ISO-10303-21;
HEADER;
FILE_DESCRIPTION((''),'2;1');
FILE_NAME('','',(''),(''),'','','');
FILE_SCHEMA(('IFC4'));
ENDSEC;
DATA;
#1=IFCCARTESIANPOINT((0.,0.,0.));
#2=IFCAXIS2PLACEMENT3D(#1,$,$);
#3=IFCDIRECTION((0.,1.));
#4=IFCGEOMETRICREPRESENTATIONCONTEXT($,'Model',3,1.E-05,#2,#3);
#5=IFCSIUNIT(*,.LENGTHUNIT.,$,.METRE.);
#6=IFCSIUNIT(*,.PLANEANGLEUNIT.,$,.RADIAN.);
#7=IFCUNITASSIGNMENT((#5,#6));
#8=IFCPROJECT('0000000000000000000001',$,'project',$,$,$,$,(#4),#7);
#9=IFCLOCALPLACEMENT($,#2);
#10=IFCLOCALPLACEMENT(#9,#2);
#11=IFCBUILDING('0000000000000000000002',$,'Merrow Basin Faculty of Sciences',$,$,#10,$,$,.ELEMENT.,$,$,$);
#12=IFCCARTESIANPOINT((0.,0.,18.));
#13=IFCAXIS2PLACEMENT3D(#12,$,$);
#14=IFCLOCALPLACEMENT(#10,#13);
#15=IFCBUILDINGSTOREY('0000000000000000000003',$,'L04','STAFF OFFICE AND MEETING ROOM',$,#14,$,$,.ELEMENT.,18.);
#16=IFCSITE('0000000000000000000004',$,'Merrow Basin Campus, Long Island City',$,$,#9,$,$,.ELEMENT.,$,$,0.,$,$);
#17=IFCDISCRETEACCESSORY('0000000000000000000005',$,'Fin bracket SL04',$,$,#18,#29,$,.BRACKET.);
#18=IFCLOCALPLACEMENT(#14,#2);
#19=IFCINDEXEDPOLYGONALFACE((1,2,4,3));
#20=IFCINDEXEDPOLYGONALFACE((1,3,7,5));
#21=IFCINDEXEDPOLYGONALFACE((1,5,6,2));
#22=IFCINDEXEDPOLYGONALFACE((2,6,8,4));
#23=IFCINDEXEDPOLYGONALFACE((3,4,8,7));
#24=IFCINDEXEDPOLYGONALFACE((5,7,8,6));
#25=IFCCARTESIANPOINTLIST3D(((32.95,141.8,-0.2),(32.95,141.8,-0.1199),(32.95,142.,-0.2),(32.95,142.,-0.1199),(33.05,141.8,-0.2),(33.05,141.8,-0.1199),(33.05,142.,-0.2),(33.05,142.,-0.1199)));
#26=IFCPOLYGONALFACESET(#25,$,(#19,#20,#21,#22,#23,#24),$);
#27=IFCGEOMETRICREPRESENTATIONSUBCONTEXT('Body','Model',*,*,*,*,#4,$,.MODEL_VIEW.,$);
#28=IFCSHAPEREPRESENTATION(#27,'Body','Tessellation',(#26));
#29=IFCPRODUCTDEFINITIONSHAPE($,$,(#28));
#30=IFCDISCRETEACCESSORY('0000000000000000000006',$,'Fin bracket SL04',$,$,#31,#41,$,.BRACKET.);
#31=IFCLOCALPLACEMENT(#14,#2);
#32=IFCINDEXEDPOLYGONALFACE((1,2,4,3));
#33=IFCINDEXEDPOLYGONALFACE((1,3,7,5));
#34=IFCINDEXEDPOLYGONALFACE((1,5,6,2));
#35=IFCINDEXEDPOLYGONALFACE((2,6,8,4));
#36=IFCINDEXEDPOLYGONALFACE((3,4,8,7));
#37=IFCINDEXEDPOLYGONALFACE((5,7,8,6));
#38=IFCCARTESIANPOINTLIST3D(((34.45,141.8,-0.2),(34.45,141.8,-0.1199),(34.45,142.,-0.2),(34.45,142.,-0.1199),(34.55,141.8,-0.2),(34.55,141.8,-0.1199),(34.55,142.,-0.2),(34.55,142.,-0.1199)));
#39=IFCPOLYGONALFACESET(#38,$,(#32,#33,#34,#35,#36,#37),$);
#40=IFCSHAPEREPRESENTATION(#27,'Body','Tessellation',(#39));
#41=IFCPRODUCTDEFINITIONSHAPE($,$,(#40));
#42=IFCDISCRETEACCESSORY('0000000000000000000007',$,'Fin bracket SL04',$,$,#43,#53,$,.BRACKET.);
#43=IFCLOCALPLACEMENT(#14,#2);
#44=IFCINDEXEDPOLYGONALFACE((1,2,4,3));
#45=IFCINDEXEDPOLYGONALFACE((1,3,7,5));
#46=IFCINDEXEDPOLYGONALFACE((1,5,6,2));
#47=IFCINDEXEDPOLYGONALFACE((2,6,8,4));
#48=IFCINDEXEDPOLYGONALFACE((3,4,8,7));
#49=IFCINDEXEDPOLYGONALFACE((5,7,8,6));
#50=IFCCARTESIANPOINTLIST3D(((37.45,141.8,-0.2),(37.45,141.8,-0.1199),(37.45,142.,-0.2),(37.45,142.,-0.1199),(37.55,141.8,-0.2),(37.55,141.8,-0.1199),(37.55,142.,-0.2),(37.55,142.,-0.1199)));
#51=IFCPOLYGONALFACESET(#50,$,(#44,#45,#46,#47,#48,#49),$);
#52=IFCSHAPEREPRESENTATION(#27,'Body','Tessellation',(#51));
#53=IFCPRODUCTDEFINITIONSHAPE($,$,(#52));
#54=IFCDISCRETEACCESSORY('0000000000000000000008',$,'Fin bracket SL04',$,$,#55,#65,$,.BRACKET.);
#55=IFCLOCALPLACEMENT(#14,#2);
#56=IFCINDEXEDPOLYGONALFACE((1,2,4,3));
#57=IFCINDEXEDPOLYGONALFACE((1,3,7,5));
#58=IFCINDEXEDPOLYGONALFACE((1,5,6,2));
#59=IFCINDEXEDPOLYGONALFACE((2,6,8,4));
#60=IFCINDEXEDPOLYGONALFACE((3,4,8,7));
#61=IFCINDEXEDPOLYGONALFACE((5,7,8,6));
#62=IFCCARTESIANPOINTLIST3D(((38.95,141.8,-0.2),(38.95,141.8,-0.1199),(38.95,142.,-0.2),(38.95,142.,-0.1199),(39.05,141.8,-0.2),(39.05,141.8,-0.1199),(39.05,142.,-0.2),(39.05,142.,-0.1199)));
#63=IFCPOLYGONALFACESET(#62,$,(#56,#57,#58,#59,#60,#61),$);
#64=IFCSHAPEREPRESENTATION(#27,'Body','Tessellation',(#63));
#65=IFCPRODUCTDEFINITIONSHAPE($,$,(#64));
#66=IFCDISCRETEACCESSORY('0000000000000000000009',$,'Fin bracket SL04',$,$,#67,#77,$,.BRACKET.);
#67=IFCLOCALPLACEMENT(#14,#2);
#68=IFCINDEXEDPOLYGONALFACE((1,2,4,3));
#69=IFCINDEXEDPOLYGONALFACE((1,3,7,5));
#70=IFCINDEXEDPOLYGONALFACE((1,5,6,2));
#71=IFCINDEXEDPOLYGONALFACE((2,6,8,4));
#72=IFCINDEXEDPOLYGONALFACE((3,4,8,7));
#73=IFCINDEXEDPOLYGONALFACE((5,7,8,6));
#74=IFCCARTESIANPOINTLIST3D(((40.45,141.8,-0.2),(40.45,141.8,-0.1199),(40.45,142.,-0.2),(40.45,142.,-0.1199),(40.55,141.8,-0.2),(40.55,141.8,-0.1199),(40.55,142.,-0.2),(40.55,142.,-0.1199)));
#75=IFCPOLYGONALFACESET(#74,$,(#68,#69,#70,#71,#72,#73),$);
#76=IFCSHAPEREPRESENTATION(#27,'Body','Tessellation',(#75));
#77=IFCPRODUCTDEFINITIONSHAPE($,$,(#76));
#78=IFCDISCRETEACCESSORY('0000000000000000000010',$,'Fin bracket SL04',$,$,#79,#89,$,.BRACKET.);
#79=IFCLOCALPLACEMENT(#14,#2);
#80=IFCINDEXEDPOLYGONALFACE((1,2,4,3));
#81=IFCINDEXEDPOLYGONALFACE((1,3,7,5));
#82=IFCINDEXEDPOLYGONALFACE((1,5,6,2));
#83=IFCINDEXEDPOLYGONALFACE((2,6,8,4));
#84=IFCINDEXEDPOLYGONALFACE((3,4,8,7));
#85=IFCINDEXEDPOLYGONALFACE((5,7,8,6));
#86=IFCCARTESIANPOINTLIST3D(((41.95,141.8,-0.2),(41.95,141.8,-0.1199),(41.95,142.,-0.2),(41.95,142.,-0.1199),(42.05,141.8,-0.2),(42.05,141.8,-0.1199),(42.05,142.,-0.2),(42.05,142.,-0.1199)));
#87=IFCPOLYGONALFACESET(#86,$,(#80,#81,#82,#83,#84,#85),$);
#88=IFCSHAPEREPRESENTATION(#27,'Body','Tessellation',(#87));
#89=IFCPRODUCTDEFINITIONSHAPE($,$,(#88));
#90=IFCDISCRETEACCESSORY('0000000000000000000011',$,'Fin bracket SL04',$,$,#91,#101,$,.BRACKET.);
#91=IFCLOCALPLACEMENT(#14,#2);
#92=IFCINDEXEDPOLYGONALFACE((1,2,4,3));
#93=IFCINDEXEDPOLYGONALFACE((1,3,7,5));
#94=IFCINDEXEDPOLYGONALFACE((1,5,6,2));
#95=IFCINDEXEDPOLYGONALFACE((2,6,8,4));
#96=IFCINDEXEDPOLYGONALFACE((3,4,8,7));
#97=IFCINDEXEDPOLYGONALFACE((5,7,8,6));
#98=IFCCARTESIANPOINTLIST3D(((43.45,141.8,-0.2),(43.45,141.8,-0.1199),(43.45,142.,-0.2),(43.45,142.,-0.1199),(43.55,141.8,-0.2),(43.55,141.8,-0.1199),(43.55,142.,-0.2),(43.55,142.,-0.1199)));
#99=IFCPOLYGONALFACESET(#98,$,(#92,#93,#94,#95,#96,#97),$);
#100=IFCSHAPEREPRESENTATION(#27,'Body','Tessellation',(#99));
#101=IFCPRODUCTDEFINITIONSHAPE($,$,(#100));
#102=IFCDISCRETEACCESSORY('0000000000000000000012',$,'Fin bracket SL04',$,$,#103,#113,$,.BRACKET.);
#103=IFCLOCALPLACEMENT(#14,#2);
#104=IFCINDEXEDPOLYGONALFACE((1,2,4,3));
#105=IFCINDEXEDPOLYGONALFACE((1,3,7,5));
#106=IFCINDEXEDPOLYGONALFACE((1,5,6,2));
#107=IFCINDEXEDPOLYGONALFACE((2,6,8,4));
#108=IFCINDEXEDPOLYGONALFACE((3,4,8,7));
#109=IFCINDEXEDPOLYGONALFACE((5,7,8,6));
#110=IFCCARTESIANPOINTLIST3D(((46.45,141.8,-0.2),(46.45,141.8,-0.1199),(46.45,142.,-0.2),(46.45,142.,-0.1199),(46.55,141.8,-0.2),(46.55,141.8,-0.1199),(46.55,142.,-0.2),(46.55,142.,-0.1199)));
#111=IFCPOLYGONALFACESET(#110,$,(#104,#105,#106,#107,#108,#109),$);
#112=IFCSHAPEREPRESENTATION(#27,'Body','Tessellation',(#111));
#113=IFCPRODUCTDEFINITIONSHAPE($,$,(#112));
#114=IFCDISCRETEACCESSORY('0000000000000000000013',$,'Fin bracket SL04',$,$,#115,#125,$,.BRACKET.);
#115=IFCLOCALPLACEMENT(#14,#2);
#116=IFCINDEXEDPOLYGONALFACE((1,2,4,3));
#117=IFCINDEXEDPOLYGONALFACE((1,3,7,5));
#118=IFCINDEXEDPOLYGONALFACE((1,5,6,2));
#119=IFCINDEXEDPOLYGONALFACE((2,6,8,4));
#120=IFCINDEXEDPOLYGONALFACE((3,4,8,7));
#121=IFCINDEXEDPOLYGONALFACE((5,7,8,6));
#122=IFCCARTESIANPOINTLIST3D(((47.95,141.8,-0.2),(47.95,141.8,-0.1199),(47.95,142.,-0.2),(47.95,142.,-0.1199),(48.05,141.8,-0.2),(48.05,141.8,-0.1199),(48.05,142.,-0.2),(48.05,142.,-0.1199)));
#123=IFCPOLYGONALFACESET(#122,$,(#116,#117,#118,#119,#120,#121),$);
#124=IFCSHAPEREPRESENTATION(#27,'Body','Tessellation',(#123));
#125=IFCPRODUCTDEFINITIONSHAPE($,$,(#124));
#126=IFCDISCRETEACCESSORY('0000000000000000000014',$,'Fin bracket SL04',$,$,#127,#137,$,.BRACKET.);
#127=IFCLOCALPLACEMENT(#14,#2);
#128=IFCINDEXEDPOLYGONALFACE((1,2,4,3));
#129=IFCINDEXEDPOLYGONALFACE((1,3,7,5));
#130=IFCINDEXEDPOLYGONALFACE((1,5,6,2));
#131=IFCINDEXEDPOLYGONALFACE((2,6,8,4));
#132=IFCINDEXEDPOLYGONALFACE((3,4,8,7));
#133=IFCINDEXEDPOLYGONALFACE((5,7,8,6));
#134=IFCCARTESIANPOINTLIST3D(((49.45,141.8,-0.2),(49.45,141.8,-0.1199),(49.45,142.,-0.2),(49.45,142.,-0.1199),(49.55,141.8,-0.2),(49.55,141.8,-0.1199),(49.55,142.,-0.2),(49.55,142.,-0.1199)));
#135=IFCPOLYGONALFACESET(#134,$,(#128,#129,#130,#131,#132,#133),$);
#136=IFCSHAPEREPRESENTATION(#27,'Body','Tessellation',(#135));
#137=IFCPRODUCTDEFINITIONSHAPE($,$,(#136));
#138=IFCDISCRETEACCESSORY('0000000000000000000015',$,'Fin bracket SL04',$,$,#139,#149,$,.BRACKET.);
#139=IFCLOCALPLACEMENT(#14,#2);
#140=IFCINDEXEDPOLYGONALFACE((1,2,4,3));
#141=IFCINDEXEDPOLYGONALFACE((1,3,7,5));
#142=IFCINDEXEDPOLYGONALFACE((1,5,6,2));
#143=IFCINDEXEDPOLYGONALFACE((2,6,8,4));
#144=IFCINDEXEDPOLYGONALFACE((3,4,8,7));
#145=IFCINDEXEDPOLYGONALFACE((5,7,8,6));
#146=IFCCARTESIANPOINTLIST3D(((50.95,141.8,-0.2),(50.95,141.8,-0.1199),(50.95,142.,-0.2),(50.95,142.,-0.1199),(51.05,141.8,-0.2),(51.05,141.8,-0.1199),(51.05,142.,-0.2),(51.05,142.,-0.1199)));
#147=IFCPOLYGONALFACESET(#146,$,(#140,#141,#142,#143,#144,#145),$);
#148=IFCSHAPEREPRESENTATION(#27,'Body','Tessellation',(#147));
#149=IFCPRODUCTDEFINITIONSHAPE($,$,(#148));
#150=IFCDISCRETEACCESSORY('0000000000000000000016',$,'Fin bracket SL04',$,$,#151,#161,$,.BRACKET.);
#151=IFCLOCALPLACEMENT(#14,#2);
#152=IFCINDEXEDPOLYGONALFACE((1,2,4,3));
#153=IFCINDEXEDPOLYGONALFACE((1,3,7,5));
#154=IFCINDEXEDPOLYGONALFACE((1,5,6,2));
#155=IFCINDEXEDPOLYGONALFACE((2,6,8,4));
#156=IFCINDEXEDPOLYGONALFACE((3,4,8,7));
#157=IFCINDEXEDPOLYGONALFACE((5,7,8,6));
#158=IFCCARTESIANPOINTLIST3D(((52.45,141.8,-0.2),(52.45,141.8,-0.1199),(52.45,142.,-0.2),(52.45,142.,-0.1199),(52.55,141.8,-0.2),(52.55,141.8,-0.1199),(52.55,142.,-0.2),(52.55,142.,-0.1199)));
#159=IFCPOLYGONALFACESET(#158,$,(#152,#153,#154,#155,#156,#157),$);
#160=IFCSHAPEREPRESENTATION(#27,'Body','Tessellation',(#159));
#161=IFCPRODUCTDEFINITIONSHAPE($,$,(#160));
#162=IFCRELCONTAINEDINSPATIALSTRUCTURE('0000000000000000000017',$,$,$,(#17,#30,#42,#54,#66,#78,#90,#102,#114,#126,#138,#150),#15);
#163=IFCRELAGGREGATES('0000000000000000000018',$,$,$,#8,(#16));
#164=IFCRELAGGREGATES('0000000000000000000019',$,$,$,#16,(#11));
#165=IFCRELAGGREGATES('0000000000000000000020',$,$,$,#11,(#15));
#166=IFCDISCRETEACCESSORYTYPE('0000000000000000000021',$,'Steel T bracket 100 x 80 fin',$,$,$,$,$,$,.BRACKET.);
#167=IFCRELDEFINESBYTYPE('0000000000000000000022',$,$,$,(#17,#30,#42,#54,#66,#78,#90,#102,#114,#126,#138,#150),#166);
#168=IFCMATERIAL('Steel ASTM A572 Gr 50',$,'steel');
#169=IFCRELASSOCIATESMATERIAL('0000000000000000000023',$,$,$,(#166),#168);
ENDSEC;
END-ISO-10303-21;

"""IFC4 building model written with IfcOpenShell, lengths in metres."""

from ifc_helpers import new_model, si_unit, direction, frame, origin, place, context, subcontext, project, spatial, polyline, outline, extrude, source, transform, mapped, material, type_object, element, save


model = new_model("IFC4")

# Units and contexts
model_context = context("Model", 3, precision=1e-05, world=origin(), true_north=direction((0.0, 1.0)))
body_context = subcontext(model_context, "Body", "Model", "MODEL_VIEW")
ifc_project = project(units=[si_unit("LENGTHUNIT", "METRE"), si_unit("PLANEANGLEUNIT", "RADIAN")], contexts=[model_context])

# Site, building, storey
site_placement = place(None, origin())
site = spatial("IfcSite", under=ifc_project, at=site_placement, Name="Merrow Basin Campus, Long Island City", CompositionType="ELEMENT", RefElevation=0.0)
building_placement = place(site_placement, origin())
building = spatial("IfcBuilding", under=site, at=building_placement, Name="Merrow Basin Faculty of Sciences", CompositionType="ELEMENT")
storey_placement = place(building_placement, frame((0.0, 0.0, 18.0)))
storey = spatial("IfcBuildingStorey", under=building, at=storey_placement, Name="L04", Description="STAFF OFFICE AND MEETING ROOM", CompositionType="ELEMENT", Elevation=18.0)

# Discrete accessories
ifc_material_1 = material(Name="Steel ASTM A572 Gr 50", Category="steel")
discrete_accessory_type = type_object("IfcDiscreteAccessoryType", Name="Steel T bracket 100 x 80 fin", PredefinedType="BRACKET", material=ifc_material_1)
shared_shape_1 = source(origin(), body_context, "Body", "SweptSolid", [
    extrude(outline(polyline([(0.0, 0.0), (0.1001, 0.0), (0.1001, 0.0801), (0.0, 0.0801), (0.0, 0.0)])), origin(), (0.0, 0.0, 1.0), 0.2),
])
for number, where, z_axis, x_axis, name in (
    (1, (32.95, 142.0, -0.2), (0.0, -1.0, 0.0), (1.0, 0.0, 0.0), "Fin bracket SL04"),
    (2, (34.45, 142.0, -0.2), (0.0, -1.0, 0.0), (1.0, 0.0, 0.0), "Fin bracket SL04"),
    (3, (37.45, 142.0, -0.2), (0.0, -1.0, 0.0), (1.0, 0.0, 0.0), "Fin bracket SL04"),
    (4, (38.95, 142.0, -0.2), (0.0, -1.0, 0.0), (1.0, 0.0, 0.0), "Fin bracket SL04"),
    (5, (40.45, 142.0, -0.2), (0.0, -1.0, 0.0), (1.0, 0.0, 0.0), "Fin bracket SL04"),
    (6, (41.95, 142.0, -0.2), (0.0, -1.0, 0.0), (1.0, 0.0, 0.0), "Fin bracket SL04"),
    (7, (43.45, 142.0, -0.2), (0.0, -1.0, 0.0), (1.0, 0.0, 0.0), "Fin bracket SL04"),
    (8, (46.45, 142.0, -0.2), (0.0, -1.0, 0.0), (1.0, 0.0, 0.0), "Fin bracket SL04"),
    (9, (47.95, 142.0, -0.2), (0.0, -1.0, 0.0), (1.0, 0.0, 0.0), "Fin bracket SL04"),
    (10, (49.45, 142.0, -0.2), (0.0, -1.0, 0.0), (1.0, 0.0, 0.0), "Fin bracket SL04"),
    (11, (50.95, 142.0, -0.2), (0.0, -1.0, 0.0), (1.0, 0.0, 0.0), "Fin bracket SL04"),
    (12, (52.45, 142.0, -0.2), (0.0, -1.0, 0.0), (1.0, 0.0, 0.0), "Fin bracket SL04"),
):
    element("IfcDiscreteAccessory", number, at=place(storey_placement, frame(where, z_axis=z_axis, x_axis=x_axis)), inside=storey, type_object=discrete_accessory_type, Name=name, PredefinedType="BRACKET", context=body_context, shape_type="MappedRepresentation", body=[
        mapped(shared_shape_1, transform((0.0, 0.0, 0.0), scale=1.0)),
    ])

save(model, "model.ifc")
